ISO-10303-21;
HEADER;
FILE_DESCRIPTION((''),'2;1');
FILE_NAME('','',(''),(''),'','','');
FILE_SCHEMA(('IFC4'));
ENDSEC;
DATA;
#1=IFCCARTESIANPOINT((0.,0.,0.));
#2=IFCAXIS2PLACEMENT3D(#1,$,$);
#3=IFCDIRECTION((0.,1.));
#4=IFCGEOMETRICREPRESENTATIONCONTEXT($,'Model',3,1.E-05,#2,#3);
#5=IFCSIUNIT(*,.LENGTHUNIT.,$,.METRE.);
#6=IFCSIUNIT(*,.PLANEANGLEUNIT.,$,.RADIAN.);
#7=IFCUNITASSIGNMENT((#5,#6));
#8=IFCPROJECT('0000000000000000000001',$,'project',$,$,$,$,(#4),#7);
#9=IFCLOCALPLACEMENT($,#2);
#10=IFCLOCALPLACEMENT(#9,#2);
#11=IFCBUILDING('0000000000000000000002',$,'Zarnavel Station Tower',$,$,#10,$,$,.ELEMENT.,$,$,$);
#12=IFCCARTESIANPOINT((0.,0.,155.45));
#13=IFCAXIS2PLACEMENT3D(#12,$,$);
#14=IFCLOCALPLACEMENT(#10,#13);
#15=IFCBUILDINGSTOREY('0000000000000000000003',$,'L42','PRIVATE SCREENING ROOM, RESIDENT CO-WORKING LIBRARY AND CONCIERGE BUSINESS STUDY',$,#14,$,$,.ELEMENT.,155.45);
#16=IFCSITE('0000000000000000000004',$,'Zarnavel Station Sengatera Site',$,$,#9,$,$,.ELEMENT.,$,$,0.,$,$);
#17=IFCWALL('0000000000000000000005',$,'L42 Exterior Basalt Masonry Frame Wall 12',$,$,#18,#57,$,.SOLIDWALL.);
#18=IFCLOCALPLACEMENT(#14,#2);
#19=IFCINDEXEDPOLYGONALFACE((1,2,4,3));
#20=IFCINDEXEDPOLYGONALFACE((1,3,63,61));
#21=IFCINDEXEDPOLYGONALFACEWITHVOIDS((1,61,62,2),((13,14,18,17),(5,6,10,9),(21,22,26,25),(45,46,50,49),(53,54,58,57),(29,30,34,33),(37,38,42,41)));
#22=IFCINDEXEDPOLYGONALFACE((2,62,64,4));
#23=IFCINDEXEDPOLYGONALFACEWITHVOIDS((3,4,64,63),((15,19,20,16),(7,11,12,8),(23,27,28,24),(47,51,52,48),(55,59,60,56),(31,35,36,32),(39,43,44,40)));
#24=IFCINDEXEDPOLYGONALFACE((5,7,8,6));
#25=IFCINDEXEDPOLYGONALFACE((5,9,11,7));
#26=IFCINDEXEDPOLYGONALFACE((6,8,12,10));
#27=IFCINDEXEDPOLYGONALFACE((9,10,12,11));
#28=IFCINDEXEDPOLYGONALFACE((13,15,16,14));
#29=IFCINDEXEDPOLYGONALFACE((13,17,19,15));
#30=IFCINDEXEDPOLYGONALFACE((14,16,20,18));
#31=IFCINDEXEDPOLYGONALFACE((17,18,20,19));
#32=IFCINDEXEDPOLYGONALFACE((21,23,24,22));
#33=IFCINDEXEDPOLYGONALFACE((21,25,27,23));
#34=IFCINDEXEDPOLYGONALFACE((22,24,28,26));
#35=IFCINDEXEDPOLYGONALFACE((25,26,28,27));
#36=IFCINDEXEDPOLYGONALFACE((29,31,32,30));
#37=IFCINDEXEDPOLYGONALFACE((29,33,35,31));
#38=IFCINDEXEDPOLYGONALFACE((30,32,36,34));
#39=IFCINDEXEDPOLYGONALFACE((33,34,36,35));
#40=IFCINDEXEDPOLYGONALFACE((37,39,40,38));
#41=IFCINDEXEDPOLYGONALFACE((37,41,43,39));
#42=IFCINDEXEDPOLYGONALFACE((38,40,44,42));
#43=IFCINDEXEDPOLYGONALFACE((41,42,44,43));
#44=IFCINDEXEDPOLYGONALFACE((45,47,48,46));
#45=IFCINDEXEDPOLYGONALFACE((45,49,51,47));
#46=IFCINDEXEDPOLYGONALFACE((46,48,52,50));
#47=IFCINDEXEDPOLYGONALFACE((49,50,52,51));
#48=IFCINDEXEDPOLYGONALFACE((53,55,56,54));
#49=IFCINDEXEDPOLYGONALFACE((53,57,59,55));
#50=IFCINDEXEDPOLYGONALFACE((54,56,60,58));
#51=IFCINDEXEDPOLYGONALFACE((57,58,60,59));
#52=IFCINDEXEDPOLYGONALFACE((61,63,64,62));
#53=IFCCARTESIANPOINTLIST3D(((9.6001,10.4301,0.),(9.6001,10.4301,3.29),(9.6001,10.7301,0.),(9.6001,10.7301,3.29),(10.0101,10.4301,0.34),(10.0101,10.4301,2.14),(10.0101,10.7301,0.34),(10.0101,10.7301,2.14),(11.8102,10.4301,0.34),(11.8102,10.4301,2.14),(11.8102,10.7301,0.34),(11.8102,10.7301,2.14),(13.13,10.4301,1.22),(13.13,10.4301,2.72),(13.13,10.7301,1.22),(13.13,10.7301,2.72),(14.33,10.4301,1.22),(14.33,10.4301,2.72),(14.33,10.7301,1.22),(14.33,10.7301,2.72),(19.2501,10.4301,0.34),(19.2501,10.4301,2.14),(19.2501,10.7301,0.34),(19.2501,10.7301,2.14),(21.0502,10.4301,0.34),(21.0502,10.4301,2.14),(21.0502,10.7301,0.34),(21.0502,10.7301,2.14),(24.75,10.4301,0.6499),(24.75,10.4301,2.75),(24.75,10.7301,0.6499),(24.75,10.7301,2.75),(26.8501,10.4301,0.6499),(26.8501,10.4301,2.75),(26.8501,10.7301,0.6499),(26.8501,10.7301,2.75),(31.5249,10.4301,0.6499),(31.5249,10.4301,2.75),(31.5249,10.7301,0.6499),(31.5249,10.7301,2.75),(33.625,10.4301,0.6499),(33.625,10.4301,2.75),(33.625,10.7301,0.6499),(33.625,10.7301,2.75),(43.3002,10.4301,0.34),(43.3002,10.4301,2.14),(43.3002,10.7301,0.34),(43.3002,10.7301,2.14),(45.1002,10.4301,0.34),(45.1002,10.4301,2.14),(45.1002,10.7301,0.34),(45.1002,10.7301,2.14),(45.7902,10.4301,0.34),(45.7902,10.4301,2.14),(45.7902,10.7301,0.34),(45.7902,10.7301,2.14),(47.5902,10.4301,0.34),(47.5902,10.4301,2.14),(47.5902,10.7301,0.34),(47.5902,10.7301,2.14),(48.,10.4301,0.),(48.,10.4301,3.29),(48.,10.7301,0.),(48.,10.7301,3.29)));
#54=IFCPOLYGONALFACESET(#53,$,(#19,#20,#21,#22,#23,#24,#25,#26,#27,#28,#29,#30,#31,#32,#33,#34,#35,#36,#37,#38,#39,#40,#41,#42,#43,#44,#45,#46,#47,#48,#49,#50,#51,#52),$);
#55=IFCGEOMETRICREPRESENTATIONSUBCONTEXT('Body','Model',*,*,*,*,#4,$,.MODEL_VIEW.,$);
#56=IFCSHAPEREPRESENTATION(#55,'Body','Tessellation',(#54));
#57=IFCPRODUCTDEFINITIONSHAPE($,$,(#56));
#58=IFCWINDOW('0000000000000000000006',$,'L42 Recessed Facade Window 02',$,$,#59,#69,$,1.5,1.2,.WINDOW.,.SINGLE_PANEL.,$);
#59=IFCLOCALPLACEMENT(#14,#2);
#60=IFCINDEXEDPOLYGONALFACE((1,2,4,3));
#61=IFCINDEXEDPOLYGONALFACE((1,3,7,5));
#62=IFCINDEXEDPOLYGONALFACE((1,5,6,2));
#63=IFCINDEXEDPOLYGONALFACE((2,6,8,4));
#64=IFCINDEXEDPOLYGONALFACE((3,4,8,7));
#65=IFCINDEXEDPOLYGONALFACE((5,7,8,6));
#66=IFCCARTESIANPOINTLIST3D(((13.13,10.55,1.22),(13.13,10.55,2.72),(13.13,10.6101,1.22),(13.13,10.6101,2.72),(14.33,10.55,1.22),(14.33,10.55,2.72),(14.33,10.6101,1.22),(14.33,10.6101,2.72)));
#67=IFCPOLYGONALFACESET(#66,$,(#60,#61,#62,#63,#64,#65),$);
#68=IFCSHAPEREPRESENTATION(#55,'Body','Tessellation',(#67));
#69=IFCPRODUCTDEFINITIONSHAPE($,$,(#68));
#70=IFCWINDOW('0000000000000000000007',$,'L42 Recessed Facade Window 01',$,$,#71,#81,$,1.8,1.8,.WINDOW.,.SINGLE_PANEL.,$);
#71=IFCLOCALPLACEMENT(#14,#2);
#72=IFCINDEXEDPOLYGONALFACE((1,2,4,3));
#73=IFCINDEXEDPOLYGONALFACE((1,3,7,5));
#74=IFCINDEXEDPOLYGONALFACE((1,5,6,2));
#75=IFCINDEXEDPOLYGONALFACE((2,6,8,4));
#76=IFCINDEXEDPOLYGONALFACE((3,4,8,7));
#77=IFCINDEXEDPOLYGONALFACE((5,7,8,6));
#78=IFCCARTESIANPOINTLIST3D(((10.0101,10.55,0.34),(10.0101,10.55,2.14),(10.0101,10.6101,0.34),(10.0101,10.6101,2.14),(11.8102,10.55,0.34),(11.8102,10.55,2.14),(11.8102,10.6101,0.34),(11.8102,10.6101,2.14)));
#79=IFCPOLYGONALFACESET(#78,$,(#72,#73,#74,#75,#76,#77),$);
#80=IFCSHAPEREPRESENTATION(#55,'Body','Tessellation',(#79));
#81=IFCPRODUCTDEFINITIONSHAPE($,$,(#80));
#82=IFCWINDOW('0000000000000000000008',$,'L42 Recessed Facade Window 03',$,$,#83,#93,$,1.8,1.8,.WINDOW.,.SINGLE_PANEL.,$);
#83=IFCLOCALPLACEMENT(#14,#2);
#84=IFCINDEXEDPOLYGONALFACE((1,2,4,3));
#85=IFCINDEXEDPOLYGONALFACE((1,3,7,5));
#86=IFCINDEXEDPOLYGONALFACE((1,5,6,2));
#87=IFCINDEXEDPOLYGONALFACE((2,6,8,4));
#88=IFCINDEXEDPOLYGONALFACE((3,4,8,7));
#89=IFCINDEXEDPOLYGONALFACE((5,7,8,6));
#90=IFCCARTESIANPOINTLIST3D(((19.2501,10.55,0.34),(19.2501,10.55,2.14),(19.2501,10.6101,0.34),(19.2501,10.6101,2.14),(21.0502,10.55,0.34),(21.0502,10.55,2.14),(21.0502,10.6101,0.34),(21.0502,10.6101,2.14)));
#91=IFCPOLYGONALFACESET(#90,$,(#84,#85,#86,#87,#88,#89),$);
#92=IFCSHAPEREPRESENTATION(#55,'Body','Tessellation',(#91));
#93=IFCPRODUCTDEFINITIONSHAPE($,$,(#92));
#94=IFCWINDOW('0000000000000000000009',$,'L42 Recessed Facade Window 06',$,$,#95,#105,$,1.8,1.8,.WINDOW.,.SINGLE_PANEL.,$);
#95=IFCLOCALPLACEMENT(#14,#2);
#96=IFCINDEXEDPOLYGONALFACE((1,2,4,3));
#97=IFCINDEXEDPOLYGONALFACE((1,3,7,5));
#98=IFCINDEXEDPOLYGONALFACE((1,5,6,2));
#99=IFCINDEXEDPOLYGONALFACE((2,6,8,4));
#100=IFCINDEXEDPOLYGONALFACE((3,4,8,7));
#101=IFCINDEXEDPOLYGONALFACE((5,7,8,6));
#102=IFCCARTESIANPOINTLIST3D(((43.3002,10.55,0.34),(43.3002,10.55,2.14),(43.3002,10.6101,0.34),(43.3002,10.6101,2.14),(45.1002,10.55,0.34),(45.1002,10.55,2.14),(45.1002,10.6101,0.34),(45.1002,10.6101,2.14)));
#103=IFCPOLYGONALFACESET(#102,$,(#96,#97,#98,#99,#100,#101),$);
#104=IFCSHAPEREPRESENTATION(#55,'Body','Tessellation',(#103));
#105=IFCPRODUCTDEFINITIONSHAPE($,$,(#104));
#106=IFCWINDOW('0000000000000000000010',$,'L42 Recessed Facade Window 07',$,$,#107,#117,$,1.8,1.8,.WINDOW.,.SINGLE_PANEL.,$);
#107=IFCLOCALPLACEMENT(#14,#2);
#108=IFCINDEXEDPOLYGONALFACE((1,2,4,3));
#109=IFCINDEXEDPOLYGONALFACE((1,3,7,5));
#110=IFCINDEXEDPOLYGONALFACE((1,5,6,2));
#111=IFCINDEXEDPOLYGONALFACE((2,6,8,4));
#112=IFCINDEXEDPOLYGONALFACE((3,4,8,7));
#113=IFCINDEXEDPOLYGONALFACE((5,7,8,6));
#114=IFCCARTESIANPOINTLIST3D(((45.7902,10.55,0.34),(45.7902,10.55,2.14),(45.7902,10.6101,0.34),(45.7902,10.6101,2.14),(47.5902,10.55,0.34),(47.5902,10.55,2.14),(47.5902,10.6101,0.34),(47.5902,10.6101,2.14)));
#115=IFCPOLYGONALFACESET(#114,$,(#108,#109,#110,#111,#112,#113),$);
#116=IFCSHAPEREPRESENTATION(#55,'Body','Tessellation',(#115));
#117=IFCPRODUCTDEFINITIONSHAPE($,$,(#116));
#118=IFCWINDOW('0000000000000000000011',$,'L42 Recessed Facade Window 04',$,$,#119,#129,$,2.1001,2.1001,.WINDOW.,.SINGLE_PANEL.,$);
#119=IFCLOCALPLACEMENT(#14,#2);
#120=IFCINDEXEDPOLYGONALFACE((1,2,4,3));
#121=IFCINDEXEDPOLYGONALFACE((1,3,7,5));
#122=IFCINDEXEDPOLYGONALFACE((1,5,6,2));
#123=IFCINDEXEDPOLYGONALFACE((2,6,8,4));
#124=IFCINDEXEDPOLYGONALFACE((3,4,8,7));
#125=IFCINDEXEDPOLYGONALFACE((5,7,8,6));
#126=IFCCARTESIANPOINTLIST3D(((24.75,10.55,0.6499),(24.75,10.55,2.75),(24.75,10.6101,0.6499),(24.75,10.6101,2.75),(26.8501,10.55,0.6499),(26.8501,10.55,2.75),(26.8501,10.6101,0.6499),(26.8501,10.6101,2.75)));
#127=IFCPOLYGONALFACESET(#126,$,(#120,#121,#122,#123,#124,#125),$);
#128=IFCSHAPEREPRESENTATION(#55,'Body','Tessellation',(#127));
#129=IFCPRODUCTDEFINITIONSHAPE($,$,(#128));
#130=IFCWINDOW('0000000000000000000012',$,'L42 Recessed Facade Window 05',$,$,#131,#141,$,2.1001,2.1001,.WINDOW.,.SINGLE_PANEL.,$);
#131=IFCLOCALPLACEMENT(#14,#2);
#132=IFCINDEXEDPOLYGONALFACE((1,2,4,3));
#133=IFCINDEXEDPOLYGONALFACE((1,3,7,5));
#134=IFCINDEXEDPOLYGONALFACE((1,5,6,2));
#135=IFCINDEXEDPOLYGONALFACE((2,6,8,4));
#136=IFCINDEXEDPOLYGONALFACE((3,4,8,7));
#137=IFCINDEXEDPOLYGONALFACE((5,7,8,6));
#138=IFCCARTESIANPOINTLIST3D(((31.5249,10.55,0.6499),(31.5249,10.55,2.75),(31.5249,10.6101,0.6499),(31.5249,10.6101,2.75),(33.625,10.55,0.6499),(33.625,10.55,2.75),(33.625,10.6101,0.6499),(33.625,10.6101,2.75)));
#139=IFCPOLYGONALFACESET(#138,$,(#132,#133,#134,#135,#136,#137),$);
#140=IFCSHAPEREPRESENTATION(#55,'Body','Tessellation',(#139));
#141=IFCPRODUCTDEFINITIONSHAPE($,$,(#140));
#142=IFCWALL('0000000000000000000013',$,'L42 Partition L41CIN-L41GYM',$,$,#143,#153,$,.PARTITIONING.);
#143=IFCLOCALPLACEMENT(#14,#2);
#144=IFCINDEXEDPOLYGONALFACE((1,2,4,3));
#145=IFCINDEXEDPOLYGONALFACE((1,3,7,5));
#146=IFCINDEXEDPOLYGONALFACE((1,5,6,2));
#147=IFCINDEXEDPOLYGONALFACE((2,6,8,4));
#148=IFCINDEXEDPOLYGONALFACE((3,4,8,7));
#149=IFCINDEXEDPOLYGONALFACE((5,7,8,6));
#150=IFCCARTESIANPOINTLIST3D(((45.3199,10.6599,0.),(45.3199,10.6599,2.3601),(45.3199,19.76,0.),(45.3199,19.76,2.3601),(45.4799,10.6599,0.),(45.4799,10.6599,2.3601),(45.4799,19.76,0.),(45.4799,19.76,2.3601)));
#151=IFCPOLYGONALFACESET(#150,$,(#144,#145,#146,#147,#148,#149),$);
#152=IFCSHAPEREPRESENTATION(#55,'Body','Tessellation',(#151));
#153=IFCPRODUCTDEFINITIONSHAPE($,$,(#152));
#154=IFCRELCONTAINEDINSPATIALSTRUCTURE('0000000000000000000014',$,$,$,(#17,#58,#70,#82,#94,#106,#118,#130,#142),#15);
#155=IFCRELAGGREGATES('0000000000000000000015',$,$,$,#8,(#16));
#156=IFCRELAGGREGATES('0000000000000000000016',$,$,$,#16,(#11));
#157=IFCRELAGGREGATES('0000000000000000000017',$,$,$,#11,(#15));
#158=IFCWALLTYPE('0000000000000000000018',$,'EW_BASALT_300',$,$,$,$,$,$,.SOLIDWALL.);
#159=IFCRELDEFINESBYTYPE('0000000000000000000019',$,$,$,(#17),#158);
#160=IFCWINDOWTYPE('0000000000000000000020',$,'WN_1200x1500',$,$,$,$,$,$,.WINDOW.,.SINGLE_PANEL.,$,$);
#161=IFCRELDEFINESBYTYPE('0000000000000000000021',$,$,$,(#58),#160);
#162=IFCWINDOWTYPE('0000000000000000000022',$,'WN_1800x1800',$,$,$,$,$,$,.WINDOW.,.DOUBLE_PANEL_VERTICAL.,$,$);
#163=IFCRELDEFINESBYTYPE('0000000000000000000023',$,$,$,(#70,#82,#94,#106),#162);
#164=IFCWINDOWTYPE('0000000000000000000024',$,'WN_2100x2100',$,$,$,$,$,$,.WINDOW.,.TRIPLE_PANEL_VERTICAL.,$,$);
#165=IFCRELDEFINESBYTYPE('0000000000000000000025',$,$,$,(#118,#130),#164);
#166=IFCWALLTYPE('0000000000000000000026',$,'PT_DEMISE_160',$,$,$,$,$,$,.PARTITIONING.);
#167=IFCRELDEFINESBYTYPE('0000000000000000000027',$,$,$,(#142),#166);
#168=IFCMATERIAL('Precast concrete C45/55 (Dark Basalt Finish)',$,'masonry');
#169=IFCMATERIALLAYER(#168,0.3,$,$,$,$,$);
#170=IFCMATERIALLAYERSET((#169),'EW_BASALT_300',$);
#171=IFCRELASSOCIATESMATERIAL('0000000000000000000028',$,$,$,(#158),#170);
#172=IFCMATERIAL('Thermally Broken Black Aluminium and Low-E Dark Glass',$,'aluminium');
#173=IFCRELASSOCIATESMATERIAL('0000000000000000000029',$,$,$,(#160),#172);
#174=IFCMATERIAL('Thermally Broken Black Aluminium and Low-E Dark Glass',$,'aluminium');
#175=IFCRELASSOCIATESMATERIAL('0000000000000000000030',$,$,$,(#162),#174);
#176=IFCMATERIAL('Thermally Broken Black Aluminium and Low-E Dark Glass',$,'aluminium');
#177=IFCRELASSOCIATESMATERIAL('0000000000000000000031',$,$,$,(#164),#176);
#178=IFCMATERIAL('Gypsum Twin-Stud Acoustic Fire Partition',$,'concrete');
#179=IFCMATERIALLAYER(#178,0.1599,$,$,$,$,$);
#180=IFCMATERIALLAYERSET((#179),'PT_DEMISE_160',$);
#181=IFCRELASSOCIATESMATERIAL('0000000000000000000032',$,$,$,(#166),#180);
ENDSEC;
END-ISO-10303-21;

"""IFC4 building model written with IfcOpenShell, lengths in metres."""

from ifc_helpers import new_model, si_unit, direction, frame, frame_2d, origin, place, context, subcontext, project, spatial, rectangle, extrude, material, layer, layer_set, type_object, element, fill, save


model = new_model("IFC4")

# Units and contexts
model_context = context("Model", 3, precision=1e-05, world=origin(), true_north=direction((0.0, 1.0)))
body_context = subcontext(model_context, "Body", "Model", "MODEL_VIEW")
ifc_project = project(units=[si_unit("LENGTHUNIT", "METRE"), si_unit("PLANEANGLEUNIT", "RADIAN")], contexts=[model_context])

# Site, building, storey
site_placement = place(None, origin())
site = spatial("IfcSite", under=ifc_project, at=site_placement, Name="Zarnavel Station Sengatera Site", CompositionType="ELEMENT", RefElevation=0.0)
building_placement = place(site_placement, origin())
building = spatial("IfcBuilding", under=site, at=building_placement, Name="Zarnavel Station Tower", CompositionType="ELEMENT")
storey_placement = place(building_placement, frame((0.0, 0.0, 155.45)))
storey = spatial("IfcBuildingStorey", under=building, at=storey_placement, Name="L42", Description="PRIVATE SCREENING ROOM, RESIDENT CO-WORKING LIBRARY AND CONCIERGE BUSINESS STUDY", CompositionType="ELEMENT", Elevation=155.45)

# Shared definitions
ifc_material_1 = material(Name="Precast concrete C45/55 (Dark Basalt Finish)", Category="masonry")
ifc_layer_1 = layer(ifc_material_1, 0.3)
ifc_layer_set_1 = layer_set([ifc_layer_1], Name="EW_BASALT_300")
wall_type_1 = type_object("IfcWallType", Name="EW_BASALT_300", PredefinedType="SOLIDWALL", material=ifc_layer_set_1)

# Wall, openings, windows
wall_1_placement = place(storey_placement, frame((48.0, 10.5801, 0.0), z_axis=(0.0, 0.0, 1.0), x_axis=(-1.0, 0.0, 0.0)))
wall_1 = element("IfcWall", 1, at=wall_1_placement, inside=storey, type_object=wall_type_1, Name="L42 Exterior Basalt Masonry Frame Wall 12", PredefinedType="SOLIDWALL", context=body_context, shape_type="SweptSolid", body=[
    extrude(rectangle(XDim=38.3999, YDim=0.3, at=frame_2d((19.2, 0.0))), origin(), (0.0, 0.0, 1.0), 3.29),
])
opening_1_placement = place(wall_1_placement, frame((36.1899, 0.0, 0.3401)))
opening_1 = element("IfcOpeningElement", 2, at=opening_1_placement, cuts=wall_1, PredefinedType="OPENING", context=body_context, shape_type="SweptSolid", body=[
    extrude(rectangle(XDim=1.8, YDim=1.8, at=frame_2d((0.8999, 0.8999))), frame((0.0, 0.1599, 0.0), z_axis=(0.0, -1.0, 0.0), x_axis=(1.0, 0.0, 0.0)), (0.0, 0.0, 1.0), 0.3201),
])
opening_2_placement = place(wall_1_placement, frame((33.6699, 0.0, 1.22)))
opening_2 = element("IfcOpeningElement", 3, at=opening_2_placement, cuts=wall_1, PredefinedType="OPENING", context=body_context, shape_type="SweptSolid", body=[
    extrude(rectangle(XDim=1.2, YDim=1.5, at=frame_2d((0.6001, 0.75))), frame((0.0, 0.1599, 0.0), z_axis=(0.0, -1.0, 0.0), x_axis=(1.0, 0.0, 0.0)), (0.0, 0.0, 1.0), 0.3201),
])
opening_3_placement = place(wall_1_placement, frame((26.95, 0.0, 0.3401)))
opening_3 = element("IfcOpeningElement", 4, at=opening_3_placement, cuts=wall_1, PredefinedType="OPENING", context=body_context, shape_type="SweptSolid", body=[
    extrude(rectangle(XDim=1.8, YDim=1.8, at=frame_2d((0.8999, 0.8999))), frame((0.0, 0.1599, 0.0), z_axis=(0.0, -1.0, 0.0), x_axis=(1.0, 0.0, 0.0)), (0.0, 0.0, 1.0), 0.3201),
])
opening_4_placement = place(wall_1_placement, frame((21.1499, 0.0, 0.6499)))
opening_4 = element("IfcOpeningElement", 5, at=opening_4_placement, cuts=wall_1, PredefinedType="OPENING", context=body_context, shape_type="SweptSolid", body=[
    extrude(rectangle(XDim=2.1001, YDim=2.1001, at=frame_2d((1.05, 1.05))), frame((0.0, 0.1599, 0.0), z_axis=(0.0, -1.0, 0.0), x_axis=(1.0, 0.0, 0.0)), (0.0, 0.0, 1.0), 0.3201),
])
opening_5_placement = place(wall_1_placement, frame((14.375, 0.0, 0.6499)))
opening_5 = element("IfcOpeningElement", 6, at=opening_5_placement, cuts=wall_1, PredefinedType="OPENING", context=body_context, shape_type="SweptSolid", body=[
    extrude(rectangle(XDim=2.1001, YDim=2.1001, at=frame_2d((1.05, 1.05))), frame((0.0, 0.1599, 0.0), z_axis=(0.0, -1.0, 0.0), x_axis=(1.0, 0.0, 0.0)), (0.0, 0.0, 1.0), 0.3201),
])
opening_6_placement = place(wall_1_placement, frame((2.8999, 0.0, 0.3401)))
opening_6 = element("IfcOpeningElement", 7, at=opening_6_placement, cuts=wall_1, PredefinedType="OPENING", context=body_context, shape_type="SweptSolid", body=[
    extrude(rectangle(XDim=1.8, YDim=1.8, at=frame_2d((0.8999, 0.8999))), frame((0.0, 0.1599, 0.0), z_axis=(0.0, -1.0, 0.0), x_axis=(1.0, 0.0, 0.0)), (0.0, 0.0, 1.0), 0.3201),
])
opening_7_placement = place(wall_1_placement, frame((0.4099, 0.0, 0.3401)))
opening_7 = element("IfcOpeningElement", 8, at=opening_7_placement, cuts=wall_1, PredefinedType="OPENING", context=body_context, shape_type="SweptSolid", body=[
    extrude(rectangle(XDim=1.8, YDim=1.8, at=frame_2d((0.8999, 0.8999))), frame((0.0, 0.1599, 0.0), z_axis=(0.0, -1.0, 0.0), x_axis=(1.0, 0.0, 0.0)), (0.0, 0.0, 1.0), 0.3201),
])
ifc_material_2 = material(Name="Thermally Broken Black Aluminium and Low-E Dark Glass", Category="aluminium")
window_type_1 = type_object("IfcWindowType", Name="WN_1200x1500", PartitioningType="SINGLE_PANEL", PredefinedType="WINDOW", material=ifc_material_2)
window_1_placement = place(opening_2_placement, origin())
window_1 = element("IfcWindow", 9, at=window_1_placement, inside=storey, type_object=window_type_1, Name="L42 Recessed Facade Window 02", OverallHeight=1.5, OverallWidth=1.2, PartitioningType="SINGLE_PANEL", PredefinedType="WINDOW", context=body_context, shape_type="SweptSolid", body=[
    extrude(rectangle(XDim=1.2, YDim=1.5, at=frame_2d((0.6001, 0.75))), frame((0.0, 0.03, 0.0), z_axis=(0.0, -1.0, 0.0), x_axis=(1.0, 0.0, 0.0)), (0.0, 0.0, 1.0), 0.0601),
])
fill(opening_2, window_1)
ifc_material_3 = material(Name="Thermally Broken Black Aluminium and Low-E Dark Glass", Category="aluminium")
window_type_2 = type_object("IfcWindowType", Name="WN_1800x1800", PartitioningType="DOUBLE_PANEL_VERTICAL", PredefinedType="WINDOW", material=ifc_material_3)
window_2_placement = place(opening_1_placement, origin())
window_2 = element("IfcWindow", 10, at=window_2_placement, inside=storey, type_object=window_type_2, Name="L42 Recessed Facade Window 01", OverallHeight=1.8, OverallWidth=1.8, PartitioningType="SINGLE_PANEL", PredefinedType="WINDOW", context=body_context, shape_type="SweptSolid", body=[
    extrude(rectangle(XDim=1.8, YDim=1.8, at=frame_2d((0.8999, 0.8999))), frame((0.0, 0.03, 0.0), z_axis=(0.0, -1.0, 0.0), x_axis=(1.0, 0.0, 0.0)), (0.0, 0.0, 1.0), 0.0601),
])
fill(opening_1, window_2)
window_3_placement = place(opening_3_placement, origin())
window_3 = element("IfcWindow", 11, at=window_3_placement, inside=storey, type_object=window_type_2, Name="L42 Recessed Facade Window 03", OverallHeight=1.8, OverallWidth=1.8, PartitioningType="SINGLE_PANEL", PredefinedType="WINDOW", context=body_context, shape_type="SweptSolid", body=[
    extrude(rectangle(XDim=1.8, YDim=1.8, at=frame_2d((0.8999, 0.8999))), frame((0.0, 0.03, 0.0), z_axis=(0.0, -1.0, 0.0), x_axis=(1.0, 0.0, 0.0)), (0.0, 0.0, 1.0), 0.0601),
])
fill(opening_3, window_3)
window_4_placement = place(opening_6_placement, origin())
window_4 = element("IfcWindow", 12, at=window_4_placement, inside=storey, type_object=window_type_2, Name="L42 Recessed Facade Window 06", OverallHeight=1.8, OverallWidth=1.8, PartitioningType="SINGLE_PANEL", PredefinedType="WINDOW", context=body_context, shape_type="SweptSolid", body=[
    extrude(rectangle(XDim=1.8, YDim=1.8, at=frame_2d((0.8999, 0.8999))), frame((0.0, 0.03, 0.0), z_axis=(0.0, -1.0, 0.0), x_axis=(1.0, 0.0, 0.0)), (0.0, 0.0, 1.0), 0.0601),
])
fill(opening_6, window_4)
window_5_placement = place(opening_7_placement, origin())
window_5 = element("IfcWindow", 13, at=window_5_placement, inside=storey, type_object=window_type_2, Name="L42 Recessed Facade Window 07", OverallHeight=1.8, OverallWidth=1.8, PartitioningType="SINGLE_PANEL", PredefinedType="WINDOW", context=body_context, shape_type="SweptSolid", body=[
    extrude(rectangle(XDim=1.8, YDim=1.8, at=frame_2d((0.8999, 0.8999))), frame((0.0, 0.03, 0.0), z_axis=(0.0, -1.0, 0.0), x_axis=(1.0, 0.0, 0.0)), (0.0, 0.0, 1.0), 0.0601),
])
fill(opening_7, window_5)
ifc_material_4 = material(Name="Thermally Broken Black Aluminium and Low-E Dark Glass", Category="aluminium")
window_type_3 = type_object("IfcWindowType", Name="WN_2100x2100", PartitioningType="TRIPLE_PANEL_VERTICAL", PredefinedType="WINDOW", material=ifc_material_4)
window_6_placement = place(opening_4_placement, origin())
window_6 = element("IfcWindow", 14, at=window_6_placement, inside=storey, type_object=window_type_3, Name="L42 Recessed Facade Window 04", OverallHeight=2.1001, OverallWidth=2.1001, PartitioningType="SINGLE_PANEL", PredefinedType="WINDOW", context=body_context, shape_type="SweptSolid", body=[
    extrude(rectangle(XDim=2.1001, YDim=2.1001, at=frame_2d((1.05, 1.05))), frame((0.0, 0.03, 0.0), z_axis=(0.0, -1.0, 0.0), x_axis=(1.0, 0.0, 0.0)), (0.0, 0.0, 1.0), 0.0601),
])
fill(opening_4, window_6)
window_7_placement = place(opening_5_placement, origin())
window_7 = element("IfcWindow", 15, at=window_7_placement, inside=storey, type_object=window_type_3, Name="L42 Recessed Facade Window 05", OverallHeight=2.1001, OverallWidth=2.1001, PartitioningType="SINGLE_PANEL", PredefinedType="WINDOW", context=body_context, shape_type="SweptSolid", body=[
    extrude(rectangle(XDim=2.1001, YDim=2.1001, at=frame_2d((1.05, 1.05))), frame((0.0, 0.03, 0.0), z_axis=(0.0, -1.0, 0.0), x_axis=(1.0, 0.0, 0.0)), (0.0, 0.0, 1.0), 0.0601),
])
fill(opening_5, window_7)

# Wall
ifc_material_5 = material(Name="Gypsum Twin-Stud Acoustic Fire Partition", Category="concrete")
ifc_layer_2 = layer(ifc_material_5, 0.1599)
ifc_layer_set_2 = layer_set([ifc_layer_2], Name="PT_DEMISE_160")
wall_type_2 = type_object("IfcWallType", Name="PT_DEMISE_160", PredefinedType="PARTITIONING", material=ifc_layer_set_2)
wall_2_placement = place(storey_placement, frame((45.3999, 10.6599, 0.0), z_axis=(0.0, 0.0, 1.0), x_axis=(0.0, 1.0, 0.0)))
element("IfcWall", 16, at=wall_2_placement, inside=storey, type_object=wall_type_2, Name="L42 Partition L41CIN-L41GYM", PredefinedType="PARTITIONING", context=body_context, shape_type="SweptSolid", body=[
    extrude(rectangle(XDim=9.1001, YDim=0.1599, at=frame_2d((4.55, 0.0))), origin(), (0.0, 0.0, 1.0), 2.3601),
])

save(model, "model.ifc")
